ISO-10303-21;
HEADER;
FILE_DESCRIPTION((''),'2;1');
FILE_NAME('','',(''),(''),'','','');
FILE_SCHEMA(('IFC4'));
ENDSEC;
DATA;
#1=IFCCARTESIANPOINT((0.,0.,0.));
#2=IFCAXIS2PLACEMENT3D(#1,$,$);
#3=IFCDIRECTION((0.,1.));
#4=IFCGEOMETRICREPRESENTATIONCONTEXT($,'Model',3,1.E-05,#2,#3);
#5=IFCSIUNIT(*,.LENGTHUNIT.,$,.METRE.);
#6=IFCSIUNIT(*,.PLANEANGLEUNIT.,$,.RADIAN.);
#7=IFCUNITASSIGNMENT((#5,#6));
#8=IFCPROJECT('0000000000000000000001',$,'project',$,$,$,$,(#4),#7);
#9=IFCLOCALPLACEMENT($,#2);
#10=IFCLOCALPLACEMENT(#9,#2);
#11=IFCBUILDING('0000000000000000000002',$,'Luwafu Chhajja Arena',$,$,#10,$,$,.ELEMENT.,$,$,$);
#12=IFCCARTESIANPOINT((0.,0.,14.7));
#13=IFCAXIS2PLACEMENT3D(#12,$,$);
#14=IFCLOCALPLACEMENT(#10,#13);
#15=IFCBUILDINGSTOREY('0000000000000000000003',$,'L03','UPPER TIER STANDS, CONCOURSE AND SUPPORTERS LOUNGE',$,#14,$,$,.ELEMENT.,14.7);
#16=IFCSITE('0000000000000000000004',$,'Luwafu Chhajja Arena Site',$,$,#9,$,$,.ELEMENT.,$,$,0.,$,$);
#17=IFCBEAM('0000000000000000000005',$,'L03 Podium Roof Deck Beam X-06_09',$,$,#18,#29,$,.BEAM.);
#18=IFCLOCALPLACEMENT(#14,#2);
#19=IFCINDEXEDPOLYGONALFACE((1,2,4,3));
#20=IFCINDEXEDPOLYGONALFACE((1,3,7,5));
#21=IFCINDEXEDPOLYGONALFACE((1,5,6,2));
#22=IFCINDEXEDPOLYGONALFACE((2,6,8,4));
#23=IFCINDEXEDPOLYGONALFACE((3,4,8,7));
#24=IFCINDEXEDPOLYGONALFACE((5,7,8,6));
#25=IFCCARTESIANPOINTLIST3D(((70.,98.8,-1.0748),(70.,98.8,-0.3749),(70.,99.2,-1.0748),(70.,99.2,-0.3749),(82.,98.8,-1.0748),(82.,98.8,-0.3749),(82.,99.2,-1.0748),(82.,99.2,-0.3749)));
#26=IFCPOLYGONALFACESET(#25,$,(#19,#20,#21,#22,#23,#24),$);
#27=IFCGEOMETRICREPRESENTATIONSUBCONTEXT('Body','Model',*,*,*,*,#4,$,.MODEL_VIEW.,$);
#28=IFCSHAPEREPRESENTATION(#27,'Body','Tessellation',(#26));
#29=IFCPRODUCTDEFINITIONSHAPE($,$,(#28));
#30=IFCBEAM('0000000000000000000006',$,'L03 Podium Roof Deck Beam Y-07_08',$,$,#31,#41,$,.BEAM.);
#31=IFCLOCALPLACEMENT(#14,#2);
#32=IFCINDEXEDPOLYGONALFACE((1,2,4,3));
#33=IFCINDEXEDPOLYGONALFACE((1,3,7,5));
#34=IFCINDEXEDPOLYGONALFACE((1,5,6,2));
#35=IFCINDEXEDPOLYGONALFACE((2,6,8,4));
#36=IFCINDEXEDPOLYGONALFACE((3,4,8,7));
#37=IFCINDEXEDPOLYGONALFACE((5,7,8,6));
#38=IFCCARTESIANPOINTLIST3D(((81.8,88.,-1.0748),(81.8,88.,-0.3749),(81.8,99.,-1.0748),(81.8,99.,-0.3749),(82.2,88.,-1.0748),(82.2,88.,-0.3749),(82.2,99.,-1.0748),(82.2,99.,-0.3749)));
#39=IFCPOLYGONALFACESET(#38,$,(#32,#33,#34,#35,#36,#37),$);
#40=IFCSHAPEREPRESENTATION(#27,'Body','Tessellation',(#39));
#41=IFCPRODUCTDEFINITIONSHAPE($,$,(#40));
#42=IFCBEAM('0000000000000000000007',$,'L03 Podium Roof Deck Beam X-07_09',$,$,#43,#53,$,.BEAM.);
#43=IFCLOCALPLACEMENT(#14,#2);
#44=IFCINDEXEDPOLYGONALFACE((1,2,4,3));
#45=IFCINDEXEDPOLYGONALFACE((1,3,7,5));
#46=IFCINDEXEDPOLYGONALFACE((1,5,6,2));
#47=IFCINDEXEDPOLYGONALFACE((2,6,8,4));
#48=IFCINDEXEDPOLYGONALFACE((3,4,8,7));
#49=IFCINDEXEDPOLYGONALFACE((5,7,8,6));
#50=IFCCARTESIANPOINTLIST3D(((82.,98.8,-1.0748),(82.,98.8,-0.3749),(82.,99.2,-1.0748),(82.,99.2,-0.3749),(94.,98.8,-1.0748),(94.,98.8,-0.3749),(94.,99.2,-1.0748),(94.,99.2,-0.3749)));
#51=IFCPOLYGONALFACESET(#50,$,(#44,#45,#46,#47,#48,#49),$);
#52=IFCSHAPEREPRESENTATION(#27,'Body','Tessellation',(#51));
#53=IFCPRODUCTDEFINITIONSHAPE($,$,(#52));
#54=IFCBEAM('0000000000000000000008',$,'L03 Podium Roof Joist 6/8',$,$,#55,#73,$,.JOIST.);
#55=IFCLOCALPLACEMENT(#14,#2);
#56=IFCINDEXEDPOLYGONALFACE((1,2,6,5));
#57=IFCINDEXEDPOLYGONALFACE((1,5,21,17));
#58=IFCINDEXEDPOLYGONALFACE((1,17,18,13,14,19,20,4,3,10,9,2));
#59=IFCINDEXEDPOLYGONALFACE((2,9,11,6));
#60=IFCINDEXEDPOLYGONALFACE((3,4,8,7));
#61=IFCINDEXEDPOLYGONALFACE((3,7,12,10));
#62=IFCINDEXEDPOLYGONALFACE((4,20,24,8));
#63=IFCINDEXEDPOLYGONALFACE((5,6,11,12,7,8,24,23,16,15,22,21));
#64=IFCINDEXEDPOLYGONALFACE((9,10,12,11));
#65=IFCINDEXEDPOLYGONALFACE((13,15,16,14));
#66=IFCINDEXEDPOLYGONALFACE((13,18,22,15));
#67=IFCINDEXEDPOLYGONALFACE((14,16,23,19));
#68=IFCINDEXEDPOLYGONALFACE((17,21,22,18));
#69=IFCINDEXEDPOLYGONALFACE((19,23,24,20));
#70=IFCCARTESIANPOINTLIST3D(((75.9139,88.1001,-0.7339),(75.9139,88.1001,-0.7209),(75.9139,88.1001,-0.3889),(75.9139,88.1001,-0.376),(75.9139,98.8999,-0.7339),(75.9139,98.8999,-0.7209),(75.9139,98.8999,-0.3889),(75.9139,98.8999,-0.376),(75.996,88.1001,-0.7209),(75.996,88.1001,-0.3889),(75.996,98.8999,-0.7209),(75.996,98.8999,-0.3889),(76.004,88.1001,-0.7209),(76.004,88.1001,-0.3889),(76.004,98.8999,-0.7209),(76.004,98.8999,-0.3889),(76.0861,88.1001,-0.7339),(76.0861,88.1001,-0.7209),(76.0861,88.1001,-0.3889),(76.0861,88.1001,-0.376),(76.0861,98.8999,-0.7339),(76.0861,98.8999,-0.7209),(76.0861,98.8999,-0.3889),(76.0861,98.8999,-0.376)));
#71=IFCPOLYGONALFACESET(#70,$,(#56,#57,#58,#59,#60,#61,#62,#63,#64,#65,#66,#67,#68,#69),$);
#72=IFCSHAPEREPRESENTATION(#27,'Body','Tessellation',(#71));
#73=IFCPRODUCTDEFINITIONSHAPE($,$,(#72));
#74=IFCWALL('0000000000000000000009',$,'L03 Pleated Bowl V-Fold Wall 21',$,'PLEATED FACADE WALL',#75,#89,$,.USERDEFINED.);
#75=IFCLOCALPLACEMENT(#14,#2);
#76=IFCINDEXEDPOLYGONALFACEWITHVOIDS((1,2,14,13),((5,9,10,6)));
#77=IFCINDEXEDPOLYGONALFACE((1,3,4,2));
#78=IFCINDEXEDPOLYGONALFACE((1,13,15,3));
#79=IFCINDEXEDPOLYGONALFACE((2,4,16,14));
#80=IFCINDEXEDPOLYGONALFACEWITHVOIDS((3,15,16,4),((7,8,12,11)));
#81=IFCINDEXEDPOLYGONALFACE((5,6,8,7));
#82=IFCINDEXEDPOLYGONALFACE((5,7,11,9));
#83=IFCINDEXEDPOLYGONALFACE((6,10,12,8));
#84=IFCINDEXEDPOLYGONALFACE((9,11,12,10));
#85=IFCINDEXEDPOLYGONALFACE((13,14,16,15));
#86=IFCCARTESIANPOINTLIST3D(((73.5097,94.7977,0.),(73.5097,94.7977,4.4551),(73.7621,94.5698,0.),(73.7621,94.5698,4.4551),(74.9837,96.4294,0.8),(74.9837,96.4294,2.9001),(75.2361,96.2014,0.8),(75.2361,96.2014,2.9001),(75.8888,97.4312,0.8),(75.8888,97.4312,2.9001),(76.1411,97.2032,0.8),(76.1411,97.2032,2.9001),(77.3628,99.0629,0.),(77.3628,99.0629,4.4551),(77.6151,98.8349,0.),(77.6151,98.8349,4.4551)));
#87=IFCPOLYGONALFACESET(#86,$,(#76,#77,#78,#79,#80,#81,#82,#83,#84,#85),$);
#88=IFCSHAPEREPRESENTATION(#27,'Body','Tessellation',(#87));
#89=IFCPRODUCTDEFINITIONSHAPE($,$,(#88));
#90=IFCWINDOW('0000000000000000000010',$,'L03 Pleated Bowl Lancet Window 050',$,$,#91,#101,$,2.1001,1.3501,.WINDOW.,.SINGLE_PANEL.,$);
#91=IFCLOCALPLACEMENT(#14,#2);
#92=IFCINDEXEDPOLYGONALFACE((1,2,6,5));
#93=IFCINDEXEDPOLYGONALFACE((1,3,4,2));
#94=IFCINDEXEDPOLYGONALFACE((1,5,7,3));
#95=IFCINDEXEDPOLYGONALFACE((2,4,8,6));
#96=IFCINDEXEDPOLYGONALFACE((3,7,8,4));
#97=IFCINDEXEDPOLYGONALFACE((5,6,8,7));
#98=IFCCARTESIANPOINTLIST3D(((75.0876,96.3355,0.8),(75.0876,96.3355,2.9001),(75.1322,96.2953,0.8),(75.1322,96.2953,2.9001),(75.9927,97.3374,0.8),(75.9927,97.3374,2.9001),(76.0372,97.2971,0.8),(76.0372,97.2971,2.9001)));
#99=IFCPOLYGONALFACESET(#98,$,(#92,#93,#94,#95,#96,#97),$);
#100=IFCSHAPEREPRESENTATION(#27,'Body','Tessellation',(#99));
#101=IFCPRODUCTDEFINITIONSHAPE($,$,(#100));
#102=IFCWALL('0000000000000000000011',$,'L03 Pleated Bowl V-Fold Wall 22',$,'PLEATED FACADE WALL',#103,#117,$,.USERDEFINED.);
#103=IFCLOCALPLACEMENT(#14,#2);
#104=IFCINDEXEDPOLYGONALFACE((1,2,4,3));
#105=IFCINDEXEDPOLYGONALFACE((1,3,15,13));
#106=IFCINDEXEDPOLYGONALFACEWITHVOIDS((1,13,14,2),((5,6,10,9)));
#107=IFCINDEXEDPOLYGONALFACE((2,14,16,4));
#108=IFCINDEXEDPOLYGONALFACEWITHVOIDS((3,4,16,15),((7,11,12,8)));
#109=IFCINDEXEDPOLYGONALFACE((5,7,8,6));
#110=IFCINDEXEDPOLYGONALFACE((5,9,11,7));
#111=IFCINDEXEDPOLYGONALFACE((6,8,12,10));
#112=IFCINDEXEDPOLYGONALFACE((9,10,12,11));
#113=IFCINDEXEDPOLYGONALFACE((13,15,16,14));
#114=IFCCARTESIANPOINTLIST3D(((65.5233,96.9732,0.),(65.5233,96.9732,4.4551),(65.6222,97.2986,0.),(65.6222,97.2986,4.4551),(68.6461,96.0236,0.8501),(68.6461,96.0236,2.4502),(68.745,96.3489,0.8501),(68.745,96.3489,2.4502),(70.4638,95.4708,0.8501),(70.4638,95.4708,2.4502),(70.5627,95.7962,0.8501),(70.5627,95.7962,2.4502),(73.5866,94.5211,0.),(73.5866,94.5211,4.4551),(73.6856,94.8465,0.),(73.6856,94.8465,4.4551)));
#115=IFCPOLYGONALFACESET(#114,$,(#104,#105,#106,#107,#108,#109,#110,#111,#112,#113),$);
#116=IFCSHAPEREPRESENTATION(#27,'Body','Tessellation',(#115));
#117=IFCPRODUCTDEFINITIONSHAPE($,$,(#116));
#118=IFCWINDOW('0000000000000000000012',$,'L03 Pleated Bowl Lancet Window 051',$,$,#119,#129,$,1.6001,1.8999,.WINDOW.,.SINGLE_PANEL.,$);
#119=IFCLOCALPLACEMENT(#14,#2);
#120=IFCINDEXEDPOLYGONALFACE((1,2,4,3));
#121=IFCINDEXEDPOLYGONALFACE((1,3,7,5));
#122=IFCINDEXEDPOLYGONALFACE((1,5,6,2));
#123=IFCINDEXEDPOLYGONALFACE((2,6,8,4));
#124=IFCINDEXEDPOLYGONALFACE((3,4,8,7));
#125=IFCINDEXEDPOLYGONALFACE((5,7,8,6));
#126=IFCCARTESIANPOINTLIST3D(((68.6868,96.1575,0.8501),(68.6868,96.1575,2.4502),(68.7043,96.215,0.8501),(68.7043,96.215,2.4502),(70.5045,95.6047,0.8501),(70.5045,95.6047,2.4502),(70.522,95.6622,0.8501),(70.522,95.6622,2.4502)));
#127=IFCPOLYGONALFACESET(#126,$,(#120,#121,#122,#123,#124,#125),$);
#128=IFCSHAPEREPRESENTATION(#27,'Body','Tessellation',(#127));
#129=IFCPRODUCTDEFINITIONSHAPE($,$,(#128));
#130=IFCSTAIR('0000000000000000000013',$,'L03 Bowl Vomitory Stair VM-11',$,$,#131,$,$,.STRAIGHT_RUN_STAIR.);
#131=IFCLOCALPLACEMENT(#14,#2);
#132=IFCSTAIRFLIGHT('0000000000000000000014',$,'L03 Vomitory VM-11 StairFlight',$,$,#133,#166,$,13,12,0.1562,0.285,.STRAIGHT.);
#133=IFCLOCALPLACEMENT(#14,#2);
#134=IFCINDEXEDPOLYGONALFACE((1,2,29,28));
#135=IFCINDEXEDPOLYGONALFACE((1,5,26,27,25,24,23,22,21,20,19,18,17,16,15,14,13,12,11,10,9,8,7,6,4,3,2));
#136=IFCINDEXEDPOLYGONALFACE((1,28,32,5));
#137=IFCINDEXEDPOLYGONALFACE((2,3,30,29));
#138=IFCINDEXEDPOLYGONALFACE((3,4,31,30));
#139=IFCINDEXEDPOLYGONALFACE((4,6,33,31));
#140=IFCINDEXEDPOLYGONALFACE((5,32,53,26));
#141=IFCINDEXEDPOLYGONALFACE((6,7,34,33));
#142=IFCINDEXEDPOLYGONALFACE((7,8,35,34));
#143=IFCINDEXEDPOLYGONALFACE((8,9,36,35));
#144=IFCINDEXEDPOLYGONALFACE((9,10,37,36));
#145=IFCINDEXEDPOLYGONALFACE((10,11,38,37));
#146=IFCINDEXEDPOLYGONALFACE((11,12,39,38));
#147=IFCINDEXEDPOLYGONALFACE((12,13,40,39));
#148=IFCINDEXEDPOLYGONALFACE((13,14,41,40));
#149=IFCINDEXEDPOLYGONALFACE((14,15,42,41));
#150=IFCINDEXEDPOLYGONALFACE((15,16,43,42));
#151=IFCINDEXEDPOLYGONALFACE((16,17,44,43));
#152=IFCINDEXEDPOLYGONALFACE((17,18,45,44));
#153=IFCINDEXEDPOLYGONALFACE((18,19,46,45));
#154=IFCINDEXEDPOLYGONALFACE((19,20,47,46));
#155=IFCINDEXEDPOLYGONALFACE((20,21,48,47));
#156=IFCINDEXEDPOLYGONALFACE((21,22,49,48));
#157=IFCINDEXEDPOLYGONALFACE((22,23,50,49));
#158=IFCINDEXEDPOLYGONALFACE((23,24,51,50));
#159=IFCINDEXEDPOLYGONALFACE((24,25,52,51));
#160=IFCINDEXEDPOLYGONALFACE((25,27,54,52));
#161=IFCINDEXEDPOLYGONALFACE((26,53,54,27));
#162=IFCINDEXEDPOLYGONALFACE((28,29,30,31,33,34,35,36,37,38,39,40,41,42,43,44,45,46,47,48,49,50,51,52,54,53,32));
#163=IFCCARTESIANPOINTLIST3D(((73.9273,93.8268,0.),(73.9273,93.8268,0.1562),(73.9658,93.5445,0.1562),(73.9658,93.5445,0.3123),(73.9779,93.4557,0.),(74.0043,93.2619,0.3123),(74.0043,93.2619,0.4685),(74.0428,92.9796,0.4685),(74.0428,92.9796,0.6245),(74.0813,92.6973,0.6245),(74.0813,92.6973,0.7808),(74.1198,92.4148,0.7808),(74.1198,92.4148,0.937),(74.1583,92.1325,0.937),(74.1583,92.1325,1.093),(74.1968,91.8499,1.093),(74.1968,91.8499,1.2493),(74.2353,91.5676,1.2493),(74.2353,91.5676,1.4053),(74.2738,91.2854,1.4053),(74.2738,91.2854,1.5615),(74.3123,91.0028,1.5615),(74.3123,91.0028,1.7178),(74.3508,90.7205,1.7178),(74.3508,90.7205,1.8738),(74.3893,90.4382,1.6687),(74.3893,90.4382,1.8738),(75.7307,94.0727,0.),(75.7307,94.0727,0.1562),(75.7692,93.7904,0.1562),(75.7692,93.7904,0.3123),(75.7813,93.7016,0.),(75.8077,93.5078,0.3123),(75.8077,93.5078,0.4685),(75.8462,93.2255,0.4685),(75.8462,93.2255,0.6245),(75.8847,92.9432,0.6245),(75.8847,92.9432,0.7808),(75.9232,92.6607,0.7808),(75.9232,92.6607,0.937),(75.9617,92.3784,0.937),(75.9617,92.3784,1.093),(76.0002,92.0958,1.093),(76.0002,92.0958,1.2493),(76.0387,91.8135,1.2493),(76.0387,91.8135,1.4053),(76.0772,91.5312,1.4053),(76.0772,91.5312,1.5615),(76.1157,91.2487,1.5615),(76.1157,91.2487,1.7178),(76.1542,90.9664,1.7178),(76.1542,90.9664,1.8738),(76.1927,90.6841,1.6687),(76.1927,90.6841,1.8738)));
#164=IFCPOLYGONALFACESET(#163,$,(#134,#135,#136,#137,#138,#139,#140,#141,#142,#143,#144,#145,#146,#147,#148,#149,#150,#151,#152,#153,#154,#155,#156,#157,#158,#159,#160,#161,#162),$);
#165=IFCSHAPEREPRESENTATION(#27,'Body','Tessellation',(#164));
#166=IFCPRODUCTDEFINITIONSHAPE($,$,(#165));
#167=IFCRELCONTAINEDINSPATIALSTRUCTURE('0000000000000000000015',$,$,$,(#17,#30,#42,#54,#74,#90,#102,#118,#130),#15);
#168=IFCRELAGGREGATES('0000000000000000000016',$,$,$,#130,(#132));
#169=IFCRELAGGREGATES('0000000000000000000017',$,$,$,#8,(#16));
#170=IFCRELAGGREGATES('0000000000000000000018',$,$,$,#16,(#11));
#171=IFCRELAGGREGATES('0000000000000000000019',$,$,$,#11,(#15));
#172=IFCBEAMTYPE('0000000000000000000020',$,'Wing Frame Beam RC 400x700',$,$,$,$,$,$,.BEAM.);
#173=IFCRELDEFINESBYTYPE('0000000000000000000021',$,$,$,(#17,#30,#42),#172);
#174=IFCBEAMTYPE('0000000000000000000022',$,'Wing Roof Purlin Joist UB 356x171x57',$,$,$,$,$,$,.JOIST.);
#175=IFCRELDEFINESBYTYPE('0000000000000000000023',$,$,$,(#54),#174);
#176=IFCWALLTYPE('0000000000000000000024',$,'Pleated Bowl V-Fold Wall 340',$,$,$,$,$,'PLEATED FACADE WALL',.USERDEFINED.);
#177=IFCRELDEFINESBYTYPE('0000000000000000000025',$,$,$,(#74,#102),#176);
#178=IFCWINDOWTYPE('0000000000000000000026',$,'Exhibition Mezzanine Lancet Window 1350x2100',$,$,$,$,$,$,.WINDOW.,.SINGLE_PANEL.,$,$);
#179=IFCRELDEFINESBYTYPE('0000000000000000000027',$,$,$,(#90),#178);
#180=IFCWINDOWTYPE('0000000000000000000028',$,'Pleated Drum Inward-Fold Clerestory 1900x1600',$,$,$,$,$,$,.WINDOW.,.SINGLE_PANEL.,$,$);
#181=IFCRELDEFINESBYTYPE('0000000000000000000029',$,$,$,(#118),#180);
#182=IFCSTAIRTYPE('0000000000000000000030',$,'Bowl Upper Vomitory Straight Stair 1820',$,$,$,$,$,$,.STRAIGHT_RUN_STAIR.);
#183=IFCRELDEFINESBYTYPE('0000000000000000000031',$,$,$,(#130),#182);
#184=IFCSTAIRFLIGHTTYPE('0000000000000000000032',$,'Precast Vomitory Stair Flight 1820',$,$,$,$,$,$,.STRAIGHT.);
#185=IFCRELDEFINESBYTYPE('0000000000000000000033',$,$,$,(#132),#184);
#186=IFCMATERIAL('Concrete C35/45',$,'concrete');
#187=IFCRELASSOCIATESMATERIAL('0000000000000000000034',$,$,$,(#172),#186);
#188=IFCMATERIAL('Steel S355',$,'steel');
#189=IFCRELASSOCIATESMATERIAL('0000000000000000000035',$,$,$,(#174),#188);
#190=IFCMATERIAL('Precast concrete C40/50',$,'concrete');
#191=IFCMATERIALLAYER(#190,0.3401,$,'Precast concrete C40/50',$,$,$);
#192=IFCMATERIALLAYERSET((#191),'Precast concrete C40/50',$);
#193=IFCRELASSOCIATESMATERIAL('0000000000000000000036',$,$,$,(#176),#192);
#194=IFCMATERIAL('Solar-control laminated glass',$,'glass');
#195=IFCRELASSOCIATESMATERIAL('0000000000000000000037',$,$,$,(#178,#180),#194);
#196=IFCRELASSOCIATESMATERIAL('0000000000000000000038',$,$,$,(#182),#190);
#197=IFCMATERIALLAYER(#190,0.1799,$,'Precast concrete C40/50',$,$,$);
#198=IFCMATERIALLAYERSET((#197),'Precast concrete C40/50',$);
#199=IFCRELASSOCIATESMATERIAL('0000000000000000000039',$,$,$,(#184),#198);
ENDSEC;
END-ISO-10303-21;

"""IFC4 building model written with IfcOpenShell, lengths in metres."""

from ifc_helpers import new_model, si_unit, direction, frame, frame_2d, origin, origin_2d, place, context, subcontext, project, spatial, polyline, rectangle, i_section, outline, extrude, material, layer, layer_set, material_profile, profile_set, type_object, element, fill, aggregate, save


model = new_model("IFC4")

# Units and contexts
model_context = context("Model", 3, precision=1e-05, world=origin(), true_north=direction((0.0, 1.0)))
body_context = subcontext(model_context, "Body", "Model", "MODEL_VIEW")
ifc_project = project(units=[si_unit("LENGTHUNIT", "METRE"), si_unit("PLANEANGLEUNIT", "RADIAN")], contexts=[model_context])

# Site, building, storey
site_placement = place(None, origin())
site = spatial("IfcSite", under=ifc_project, at=site_placement, Name="Luwafu Chhajja Arena Site", CompositionType="ELEMENT", RefElevation=0.0)
building_placement = place(site_placement, origin())
building = spatial("IfcBuilding", under=site, at=building_placement, Name="Luwafu Chhajja Arena", CompositionType="ELEMENT")
storey_placement = place(building_placement, frame((0.0, 0.0, 14.7)))
storey = spatial("IfcBuildingStorey", under=building, at=storey_placement, Name="L03", Description="UPPER TIER STANDS, CONCOURSE AND SUPPORTERS LOUNGE", CompositionType="ELEMENT", Elevation=14.7)

# Shared definitions
ifc_material_1 = material(Name="Concrete C35/45", Category="concrete")
ifc_material_2 = material(Name="Steel S355", Category="steel")

# Beams
ifc_material_3 = material(Name="Precast concrete C40/50", Category="concrete")
ifc_material_profile_1 = material_profile(ifc_material_1, rectangle(XDim=0.3999, YDim=0.7, at=origin_2d()), Name="RC 400x700")
ifc_profile_set_1 = profile_set([ifc_material_profile_1], Name="Concrete C35/45")
beam_type_1 = type_object("IfcBeamType", Name="Wing Frame Beam RC 400x700", PredefinedType="BEAM", material=ifc_profile_set_1)
beam_1_placement = place(storey_placement, frame((70.0, 99.0, -0.7249), z_axis=(1.0, 0.0, 0.0), x_axis=(0.0, 1.0, 0.0)))
element("IfcBeam", 1, at=beam_1_placement, inside=storey, type_object=beam_type_1, Name="L03 Podium Roof Deck Beam X-06_09", PredefinedType="BEAM", context=body_context, shape_type="SweptSolid", body=[
    extrude(rectangle(XDim=0.3999, YDim=0.7, at=origin_2d()), origin(), (0.0, 0.0, 1.0), 12.0),
])
beam_2_placement = place(storey_placement, frame((82.0, 88.0, -0.7249), z_axis=(0.0, 1.0, 0.0), x_axis=(-1.0, 0.0, 0.0)))
element("IfcBeam", 2, at=beam_2_placement, inside=storey, type_object=beam_type_1, Name="L03 Podium Roof Deck Beam Y-07_08", PredefinedType="BEAM", context=body_context, shape_type="SweptSolid", body=[
    extrude(rectangle(XDim=0.3999, YDim=0.7, at=origin_2d()), origin(), (0.0, 0.0, 1.0), 11.0),
])
beam_3_placement = place(storey_placement, frame((82.0, 99.0, -0.7249), z_axis=(1.0, 0.0, 0.0), x_axis=(0.0, 1.0, 0.0)))
element("IfcBeam", 3, at=beam_3_placement, inside=storey, type_object=beam_type_1, Name="L03 Podium Roof Deck Beam X-07_09", PredefinedType="BEAM", context=body_context, shape_type="SweptSolid", body=[
    extrude(rectangle(XDim=0.3999, YDim=0.7, at=origin_2d()), origin(), (0.0, 0.0, 1.0), 12.0),
])
ifc_material_profile_2 = material_profile(ifc_material_2, i_section(OverallWidth=0.1721, OverallDepth=0.3579, WebThickness=0.0081, FlangeThickness=0.0129, at=origin_2d()), Name="UB 356x171x57")
ifc_profile_set_2 = profile_set([ifc_material_profile_2], Name="Steel S355")
beam_type_2 = type_object("IfcBeamType", Name="Wing Roof Purlin Joist UB 356x171x57", PredefinedType="JOIST", material=ifc_profile_set_2)
beam_4_placement = place(storey_placement, frame((76.0, 88.1001, -0.5549), z_axis=(0.0, 1.0, 0.0), x_axis=(-1.0, 0.0, 0.0)))
element("IfcBeam", 4, at=beam_4_placement, inside=storey, type_object=beam_type_2, Name="L03 Podium Roof Joist 6/8", PredefinedType="JOIST", context=body_context, shape_type="SweptSolid", body=[
    extrude(i_section(OverallWidth=0.1721, OverallDepth=0.3579, WebThickness=0.0081, FlangeThickness=0.0129, at=origin_2d()), origin(), (0.0, 0.0, 1.0), 10.7998),
])

# Walls, openings, windows
ifc_layer_1 = layer(ifc_material_3, 0.3401, Name="Precast concrete C40/50")
ifc_layer_set_1 = layer_set([ifc_layer_1], Name="Precast concrete C40/50")
wall_type = type_object("IfcWallType", Name="Pleated Bowl V-Fold Wall 340", ElementType="PLEATED FACADE WALL", PredefinedType="USERDEFINED", material=ifc_layer_set_1)
wall_1_placement = place(storey_placement, frame((77.489, 98.949, 0.0), z_axis=(0.0, 0.0, 1.0), x_axis=(-0.670348, -0.742047, 0.0)))
wall_1 = element("IfcWall", 5, at=wall_1_placement, inside=storey, type_object=wall_type, Name="L03 Pleated Bowl V-Fold Wall 21", ObjectType="PLEATED FACADE WALL", PredefinedType="USERDEFINED", context=body_context, shape_type="SweptSolid", body=[
    extrude(rectangle(XDim=5.7478, YDim=0.3401, at=frame_2d((2.874, 0.0))), origin(), (0.0, 0.0, 1.0), 4.4551),
])
opening_1_placement = place(wall_1_placement, frame((2.199, 0.0, 0.8)))
opening_1 = element("IfcOpeningElement", 6, at=opening_1_placement, cuts=wall_1, PredefinedType="OPENING", context=body_context, shape_type="SweptSolid", body=[
    extrude(rectangle(XDim=1.3501, YDim=2.1001, at=frame_2d((0.675, 1.05))), frame((0.0, 0.1799, 0.0), z_axis=(0.0, -1.0, 0.0), x_axis=(1.0, 0.0, 0.0)), (0.0, 0.0, 1.0), 0.3601),
])
ifc_material_4 = material(Name="Solar-control laminated glass", Category="glass")
window_type_1 = type_object("IfcWindowType", Name="Exhibition Mezzanine Lancet Window 1350x2100", PartitioningType="SINGLE_PANEL", PredefinedType="WINDOW", material=ifc_material_4)
window_1_placement = place(opening_1_placement, origin())
window_1 = element("IfcWindow", 7, at=window_1_placement, inside=storey, type_object=window_type_1, Name="L03 Pleated Bowl Lancet Window 050", OverallHeight=2.1001, OverallWidth=1.3501, PartitioningType="SINGLE_PANEL", PredefinedType="WINDOW", context=body_context, shape_type="SweptSolid", body=[
    extrude(rectangle(XDim=1.3501, YDim=2.1001, at=frame_2d((0.675, 1.05))), frame((0.0, 0.03, 0.0), z_axis=(0.0, -1.0, 0.0), x_axis=(1.0, 0.0, 0.0)), (0.0, 0.0, 1.0), 0.0601),
])
fill(opening_1, window_1)
wall_2_placement = place(storey_placement, frame((73.636, 94.6838, 0.0), z_axis=(0.0, 0.0, 1.0), x_axis=(-0.956738, 0.29095, 0.0)))
wall_2 = element("IfcWall", 8, at=wall_2_placement, inside=storey, type_object=wall_type, Name="L03 Pleated Bowl V-Fold Wall 22", ObjectType="PLEATED FACADE WALL", PredefinedType="USERDEFINED", context=body_context, shape_type="SweptSolid", body=[
    extrude(rectangle(XDim=8.428, YDim=0.3401, at=frame_2d((4.2139, 0.0))), origin(), (0.0, 0.0, 1.0), 4.4551),
])
opening_2_placement = place(wall_2_placement, frame((3.2639, 0.0, 0.8501)))
opening_2 = element("IfcOpeningElement", 9, at=opening_2_placement, cuts=wall_2, PredefinedType="OPENING", context=body_context, shape_type="SweptSolid", body=[
    extrude(rectangle(XDim=1.8999, YDim=1.6001, at=frame_2d((0.95, 0.8))), frame((0.0, 0.1799, 0.0), z_axis=(0.0, -1.0, 0.0), x_axis=(1.0, 0.0, 0.0)), (0.0, 0.0, 1.0), 0.3601),
])
window_type_2 = type_object("IfcWindowType", Name="Pleated Drum Inward-Fold Clerestory 1900x1600", PartitioningType="SINGLE_PANEL", PredefinedType="WINDOW", material=ifc_material_4)
window_2_placement = place(opening_2_placement, origin())
window_2 = element("IfcWindow", 10, at=window_2_placement, inside=storey, type_object=window_type_2, Name="L03 Pleated Bowl Lancet Window 051", OverallHeight=1.6001, OverallWidth=1.8999, PartitioningType="SINGLE_PANEL", PredefinedType="WINDOW", context=body_context, shape_type="SweptSolid", body=[
    extrude(rectangle(XDim=1.8999, YDim=1.6001, at=frame_2d((0.95, 0.8))), frame((0.0, 0.03, 0.0), z_axis=(0.0, -1.0, 0.0), x_axis=(1.0, 0.0, 0.0)), (0.0, 0.0, 1.0), 0.0601),
])
fill(opening_2, window_2)

# Stair, stair flight
stair_type = type_object("IfcStairType", Name="Bowl Upper Vomitory Straight Stair 1820", PredefinedType="STRAIGHT_RUN_STAIR", material=ifc_material_3)
stair_placement = place(storey_placement, origin())
stair = element("IfcStair", 11, at=stair_placement, inside=storey, type_object=stair_type, Name="L03 Bowl Vomitory Stair VM-11", PredefinedType="STRAIGHT_RUN_STAIR")
ifc_layer_2 = layer(ifc_material_3, 0.1799, Name="Precast concrete C40/50")
ifc_layer_set_2 = layer_set([ifc_layer_2], Name="Precast concrete C40/50")
stair_flight_type = type_object("IfcStairFlightType", Name="Precast Vomitory Stair Flight 1820", PredefinedType="STRAIGHT", material=ifc_layer_set_2)
stair_flight_placement = place(storey_placement, frame((74.8289, 93.9497, 0.0), z_axis=(0.0, 0.0, 1.0), x_axis=(0.135103, -0.990832, 0.0)))
stair_flight = element("IfcStairFlight", 12, at=stair_flight_placement, type_object=stair_flight_type, Name="L03 Vomitory VM-11 StairFlight", NumberOfRisers=13, NumberOfTreads=12, PredefinedType="STRAIGHT", RiserHeight=0.1562, TreadLength=0.285, context=body_context, shape_type="SweptSolid", body=[
    extrude(outline(polyline([(0.0, 0.0), (0.0, 0.1562), (0.2849, 0.1562), (0.2849, 0.3123), (0.5701, 0.3123), (0.5701, 0.4685), (0.855, 0.4685), (0.855, 0.6245), (1.1399, 0.6245), (1.1399, 0.7808), (1.425, 0.7808), (1.425, 0.937), (1.71, 0.937), (1.71, 1.093), (1.9951, 1.093), (1.9951, 1.2493), (2.28, 1.2493), (2.28, 1.4053), (2.5649, 1.4053), (2.5649, 1.5615), (2.8501, 1.5615), (2.8501, 1.7178), (3.135, 1.7178), (3.135, 1.8738), (3.4199, 1.8738), (3.4199, 2.03), (3.4199, 1.6687), (0.3745, 0.0), (0.0, 0.0)])), frame((0.0, 0.9102, 0.0), z_axis=(0.0, -1.0, 0.0), x_axis=(1.0, 0.0, 0.0)), (0.0, 0.0, 1.0), 1.8201),
])
aggregate(stair, [stair_flight])

save(model, "model.ifc")
